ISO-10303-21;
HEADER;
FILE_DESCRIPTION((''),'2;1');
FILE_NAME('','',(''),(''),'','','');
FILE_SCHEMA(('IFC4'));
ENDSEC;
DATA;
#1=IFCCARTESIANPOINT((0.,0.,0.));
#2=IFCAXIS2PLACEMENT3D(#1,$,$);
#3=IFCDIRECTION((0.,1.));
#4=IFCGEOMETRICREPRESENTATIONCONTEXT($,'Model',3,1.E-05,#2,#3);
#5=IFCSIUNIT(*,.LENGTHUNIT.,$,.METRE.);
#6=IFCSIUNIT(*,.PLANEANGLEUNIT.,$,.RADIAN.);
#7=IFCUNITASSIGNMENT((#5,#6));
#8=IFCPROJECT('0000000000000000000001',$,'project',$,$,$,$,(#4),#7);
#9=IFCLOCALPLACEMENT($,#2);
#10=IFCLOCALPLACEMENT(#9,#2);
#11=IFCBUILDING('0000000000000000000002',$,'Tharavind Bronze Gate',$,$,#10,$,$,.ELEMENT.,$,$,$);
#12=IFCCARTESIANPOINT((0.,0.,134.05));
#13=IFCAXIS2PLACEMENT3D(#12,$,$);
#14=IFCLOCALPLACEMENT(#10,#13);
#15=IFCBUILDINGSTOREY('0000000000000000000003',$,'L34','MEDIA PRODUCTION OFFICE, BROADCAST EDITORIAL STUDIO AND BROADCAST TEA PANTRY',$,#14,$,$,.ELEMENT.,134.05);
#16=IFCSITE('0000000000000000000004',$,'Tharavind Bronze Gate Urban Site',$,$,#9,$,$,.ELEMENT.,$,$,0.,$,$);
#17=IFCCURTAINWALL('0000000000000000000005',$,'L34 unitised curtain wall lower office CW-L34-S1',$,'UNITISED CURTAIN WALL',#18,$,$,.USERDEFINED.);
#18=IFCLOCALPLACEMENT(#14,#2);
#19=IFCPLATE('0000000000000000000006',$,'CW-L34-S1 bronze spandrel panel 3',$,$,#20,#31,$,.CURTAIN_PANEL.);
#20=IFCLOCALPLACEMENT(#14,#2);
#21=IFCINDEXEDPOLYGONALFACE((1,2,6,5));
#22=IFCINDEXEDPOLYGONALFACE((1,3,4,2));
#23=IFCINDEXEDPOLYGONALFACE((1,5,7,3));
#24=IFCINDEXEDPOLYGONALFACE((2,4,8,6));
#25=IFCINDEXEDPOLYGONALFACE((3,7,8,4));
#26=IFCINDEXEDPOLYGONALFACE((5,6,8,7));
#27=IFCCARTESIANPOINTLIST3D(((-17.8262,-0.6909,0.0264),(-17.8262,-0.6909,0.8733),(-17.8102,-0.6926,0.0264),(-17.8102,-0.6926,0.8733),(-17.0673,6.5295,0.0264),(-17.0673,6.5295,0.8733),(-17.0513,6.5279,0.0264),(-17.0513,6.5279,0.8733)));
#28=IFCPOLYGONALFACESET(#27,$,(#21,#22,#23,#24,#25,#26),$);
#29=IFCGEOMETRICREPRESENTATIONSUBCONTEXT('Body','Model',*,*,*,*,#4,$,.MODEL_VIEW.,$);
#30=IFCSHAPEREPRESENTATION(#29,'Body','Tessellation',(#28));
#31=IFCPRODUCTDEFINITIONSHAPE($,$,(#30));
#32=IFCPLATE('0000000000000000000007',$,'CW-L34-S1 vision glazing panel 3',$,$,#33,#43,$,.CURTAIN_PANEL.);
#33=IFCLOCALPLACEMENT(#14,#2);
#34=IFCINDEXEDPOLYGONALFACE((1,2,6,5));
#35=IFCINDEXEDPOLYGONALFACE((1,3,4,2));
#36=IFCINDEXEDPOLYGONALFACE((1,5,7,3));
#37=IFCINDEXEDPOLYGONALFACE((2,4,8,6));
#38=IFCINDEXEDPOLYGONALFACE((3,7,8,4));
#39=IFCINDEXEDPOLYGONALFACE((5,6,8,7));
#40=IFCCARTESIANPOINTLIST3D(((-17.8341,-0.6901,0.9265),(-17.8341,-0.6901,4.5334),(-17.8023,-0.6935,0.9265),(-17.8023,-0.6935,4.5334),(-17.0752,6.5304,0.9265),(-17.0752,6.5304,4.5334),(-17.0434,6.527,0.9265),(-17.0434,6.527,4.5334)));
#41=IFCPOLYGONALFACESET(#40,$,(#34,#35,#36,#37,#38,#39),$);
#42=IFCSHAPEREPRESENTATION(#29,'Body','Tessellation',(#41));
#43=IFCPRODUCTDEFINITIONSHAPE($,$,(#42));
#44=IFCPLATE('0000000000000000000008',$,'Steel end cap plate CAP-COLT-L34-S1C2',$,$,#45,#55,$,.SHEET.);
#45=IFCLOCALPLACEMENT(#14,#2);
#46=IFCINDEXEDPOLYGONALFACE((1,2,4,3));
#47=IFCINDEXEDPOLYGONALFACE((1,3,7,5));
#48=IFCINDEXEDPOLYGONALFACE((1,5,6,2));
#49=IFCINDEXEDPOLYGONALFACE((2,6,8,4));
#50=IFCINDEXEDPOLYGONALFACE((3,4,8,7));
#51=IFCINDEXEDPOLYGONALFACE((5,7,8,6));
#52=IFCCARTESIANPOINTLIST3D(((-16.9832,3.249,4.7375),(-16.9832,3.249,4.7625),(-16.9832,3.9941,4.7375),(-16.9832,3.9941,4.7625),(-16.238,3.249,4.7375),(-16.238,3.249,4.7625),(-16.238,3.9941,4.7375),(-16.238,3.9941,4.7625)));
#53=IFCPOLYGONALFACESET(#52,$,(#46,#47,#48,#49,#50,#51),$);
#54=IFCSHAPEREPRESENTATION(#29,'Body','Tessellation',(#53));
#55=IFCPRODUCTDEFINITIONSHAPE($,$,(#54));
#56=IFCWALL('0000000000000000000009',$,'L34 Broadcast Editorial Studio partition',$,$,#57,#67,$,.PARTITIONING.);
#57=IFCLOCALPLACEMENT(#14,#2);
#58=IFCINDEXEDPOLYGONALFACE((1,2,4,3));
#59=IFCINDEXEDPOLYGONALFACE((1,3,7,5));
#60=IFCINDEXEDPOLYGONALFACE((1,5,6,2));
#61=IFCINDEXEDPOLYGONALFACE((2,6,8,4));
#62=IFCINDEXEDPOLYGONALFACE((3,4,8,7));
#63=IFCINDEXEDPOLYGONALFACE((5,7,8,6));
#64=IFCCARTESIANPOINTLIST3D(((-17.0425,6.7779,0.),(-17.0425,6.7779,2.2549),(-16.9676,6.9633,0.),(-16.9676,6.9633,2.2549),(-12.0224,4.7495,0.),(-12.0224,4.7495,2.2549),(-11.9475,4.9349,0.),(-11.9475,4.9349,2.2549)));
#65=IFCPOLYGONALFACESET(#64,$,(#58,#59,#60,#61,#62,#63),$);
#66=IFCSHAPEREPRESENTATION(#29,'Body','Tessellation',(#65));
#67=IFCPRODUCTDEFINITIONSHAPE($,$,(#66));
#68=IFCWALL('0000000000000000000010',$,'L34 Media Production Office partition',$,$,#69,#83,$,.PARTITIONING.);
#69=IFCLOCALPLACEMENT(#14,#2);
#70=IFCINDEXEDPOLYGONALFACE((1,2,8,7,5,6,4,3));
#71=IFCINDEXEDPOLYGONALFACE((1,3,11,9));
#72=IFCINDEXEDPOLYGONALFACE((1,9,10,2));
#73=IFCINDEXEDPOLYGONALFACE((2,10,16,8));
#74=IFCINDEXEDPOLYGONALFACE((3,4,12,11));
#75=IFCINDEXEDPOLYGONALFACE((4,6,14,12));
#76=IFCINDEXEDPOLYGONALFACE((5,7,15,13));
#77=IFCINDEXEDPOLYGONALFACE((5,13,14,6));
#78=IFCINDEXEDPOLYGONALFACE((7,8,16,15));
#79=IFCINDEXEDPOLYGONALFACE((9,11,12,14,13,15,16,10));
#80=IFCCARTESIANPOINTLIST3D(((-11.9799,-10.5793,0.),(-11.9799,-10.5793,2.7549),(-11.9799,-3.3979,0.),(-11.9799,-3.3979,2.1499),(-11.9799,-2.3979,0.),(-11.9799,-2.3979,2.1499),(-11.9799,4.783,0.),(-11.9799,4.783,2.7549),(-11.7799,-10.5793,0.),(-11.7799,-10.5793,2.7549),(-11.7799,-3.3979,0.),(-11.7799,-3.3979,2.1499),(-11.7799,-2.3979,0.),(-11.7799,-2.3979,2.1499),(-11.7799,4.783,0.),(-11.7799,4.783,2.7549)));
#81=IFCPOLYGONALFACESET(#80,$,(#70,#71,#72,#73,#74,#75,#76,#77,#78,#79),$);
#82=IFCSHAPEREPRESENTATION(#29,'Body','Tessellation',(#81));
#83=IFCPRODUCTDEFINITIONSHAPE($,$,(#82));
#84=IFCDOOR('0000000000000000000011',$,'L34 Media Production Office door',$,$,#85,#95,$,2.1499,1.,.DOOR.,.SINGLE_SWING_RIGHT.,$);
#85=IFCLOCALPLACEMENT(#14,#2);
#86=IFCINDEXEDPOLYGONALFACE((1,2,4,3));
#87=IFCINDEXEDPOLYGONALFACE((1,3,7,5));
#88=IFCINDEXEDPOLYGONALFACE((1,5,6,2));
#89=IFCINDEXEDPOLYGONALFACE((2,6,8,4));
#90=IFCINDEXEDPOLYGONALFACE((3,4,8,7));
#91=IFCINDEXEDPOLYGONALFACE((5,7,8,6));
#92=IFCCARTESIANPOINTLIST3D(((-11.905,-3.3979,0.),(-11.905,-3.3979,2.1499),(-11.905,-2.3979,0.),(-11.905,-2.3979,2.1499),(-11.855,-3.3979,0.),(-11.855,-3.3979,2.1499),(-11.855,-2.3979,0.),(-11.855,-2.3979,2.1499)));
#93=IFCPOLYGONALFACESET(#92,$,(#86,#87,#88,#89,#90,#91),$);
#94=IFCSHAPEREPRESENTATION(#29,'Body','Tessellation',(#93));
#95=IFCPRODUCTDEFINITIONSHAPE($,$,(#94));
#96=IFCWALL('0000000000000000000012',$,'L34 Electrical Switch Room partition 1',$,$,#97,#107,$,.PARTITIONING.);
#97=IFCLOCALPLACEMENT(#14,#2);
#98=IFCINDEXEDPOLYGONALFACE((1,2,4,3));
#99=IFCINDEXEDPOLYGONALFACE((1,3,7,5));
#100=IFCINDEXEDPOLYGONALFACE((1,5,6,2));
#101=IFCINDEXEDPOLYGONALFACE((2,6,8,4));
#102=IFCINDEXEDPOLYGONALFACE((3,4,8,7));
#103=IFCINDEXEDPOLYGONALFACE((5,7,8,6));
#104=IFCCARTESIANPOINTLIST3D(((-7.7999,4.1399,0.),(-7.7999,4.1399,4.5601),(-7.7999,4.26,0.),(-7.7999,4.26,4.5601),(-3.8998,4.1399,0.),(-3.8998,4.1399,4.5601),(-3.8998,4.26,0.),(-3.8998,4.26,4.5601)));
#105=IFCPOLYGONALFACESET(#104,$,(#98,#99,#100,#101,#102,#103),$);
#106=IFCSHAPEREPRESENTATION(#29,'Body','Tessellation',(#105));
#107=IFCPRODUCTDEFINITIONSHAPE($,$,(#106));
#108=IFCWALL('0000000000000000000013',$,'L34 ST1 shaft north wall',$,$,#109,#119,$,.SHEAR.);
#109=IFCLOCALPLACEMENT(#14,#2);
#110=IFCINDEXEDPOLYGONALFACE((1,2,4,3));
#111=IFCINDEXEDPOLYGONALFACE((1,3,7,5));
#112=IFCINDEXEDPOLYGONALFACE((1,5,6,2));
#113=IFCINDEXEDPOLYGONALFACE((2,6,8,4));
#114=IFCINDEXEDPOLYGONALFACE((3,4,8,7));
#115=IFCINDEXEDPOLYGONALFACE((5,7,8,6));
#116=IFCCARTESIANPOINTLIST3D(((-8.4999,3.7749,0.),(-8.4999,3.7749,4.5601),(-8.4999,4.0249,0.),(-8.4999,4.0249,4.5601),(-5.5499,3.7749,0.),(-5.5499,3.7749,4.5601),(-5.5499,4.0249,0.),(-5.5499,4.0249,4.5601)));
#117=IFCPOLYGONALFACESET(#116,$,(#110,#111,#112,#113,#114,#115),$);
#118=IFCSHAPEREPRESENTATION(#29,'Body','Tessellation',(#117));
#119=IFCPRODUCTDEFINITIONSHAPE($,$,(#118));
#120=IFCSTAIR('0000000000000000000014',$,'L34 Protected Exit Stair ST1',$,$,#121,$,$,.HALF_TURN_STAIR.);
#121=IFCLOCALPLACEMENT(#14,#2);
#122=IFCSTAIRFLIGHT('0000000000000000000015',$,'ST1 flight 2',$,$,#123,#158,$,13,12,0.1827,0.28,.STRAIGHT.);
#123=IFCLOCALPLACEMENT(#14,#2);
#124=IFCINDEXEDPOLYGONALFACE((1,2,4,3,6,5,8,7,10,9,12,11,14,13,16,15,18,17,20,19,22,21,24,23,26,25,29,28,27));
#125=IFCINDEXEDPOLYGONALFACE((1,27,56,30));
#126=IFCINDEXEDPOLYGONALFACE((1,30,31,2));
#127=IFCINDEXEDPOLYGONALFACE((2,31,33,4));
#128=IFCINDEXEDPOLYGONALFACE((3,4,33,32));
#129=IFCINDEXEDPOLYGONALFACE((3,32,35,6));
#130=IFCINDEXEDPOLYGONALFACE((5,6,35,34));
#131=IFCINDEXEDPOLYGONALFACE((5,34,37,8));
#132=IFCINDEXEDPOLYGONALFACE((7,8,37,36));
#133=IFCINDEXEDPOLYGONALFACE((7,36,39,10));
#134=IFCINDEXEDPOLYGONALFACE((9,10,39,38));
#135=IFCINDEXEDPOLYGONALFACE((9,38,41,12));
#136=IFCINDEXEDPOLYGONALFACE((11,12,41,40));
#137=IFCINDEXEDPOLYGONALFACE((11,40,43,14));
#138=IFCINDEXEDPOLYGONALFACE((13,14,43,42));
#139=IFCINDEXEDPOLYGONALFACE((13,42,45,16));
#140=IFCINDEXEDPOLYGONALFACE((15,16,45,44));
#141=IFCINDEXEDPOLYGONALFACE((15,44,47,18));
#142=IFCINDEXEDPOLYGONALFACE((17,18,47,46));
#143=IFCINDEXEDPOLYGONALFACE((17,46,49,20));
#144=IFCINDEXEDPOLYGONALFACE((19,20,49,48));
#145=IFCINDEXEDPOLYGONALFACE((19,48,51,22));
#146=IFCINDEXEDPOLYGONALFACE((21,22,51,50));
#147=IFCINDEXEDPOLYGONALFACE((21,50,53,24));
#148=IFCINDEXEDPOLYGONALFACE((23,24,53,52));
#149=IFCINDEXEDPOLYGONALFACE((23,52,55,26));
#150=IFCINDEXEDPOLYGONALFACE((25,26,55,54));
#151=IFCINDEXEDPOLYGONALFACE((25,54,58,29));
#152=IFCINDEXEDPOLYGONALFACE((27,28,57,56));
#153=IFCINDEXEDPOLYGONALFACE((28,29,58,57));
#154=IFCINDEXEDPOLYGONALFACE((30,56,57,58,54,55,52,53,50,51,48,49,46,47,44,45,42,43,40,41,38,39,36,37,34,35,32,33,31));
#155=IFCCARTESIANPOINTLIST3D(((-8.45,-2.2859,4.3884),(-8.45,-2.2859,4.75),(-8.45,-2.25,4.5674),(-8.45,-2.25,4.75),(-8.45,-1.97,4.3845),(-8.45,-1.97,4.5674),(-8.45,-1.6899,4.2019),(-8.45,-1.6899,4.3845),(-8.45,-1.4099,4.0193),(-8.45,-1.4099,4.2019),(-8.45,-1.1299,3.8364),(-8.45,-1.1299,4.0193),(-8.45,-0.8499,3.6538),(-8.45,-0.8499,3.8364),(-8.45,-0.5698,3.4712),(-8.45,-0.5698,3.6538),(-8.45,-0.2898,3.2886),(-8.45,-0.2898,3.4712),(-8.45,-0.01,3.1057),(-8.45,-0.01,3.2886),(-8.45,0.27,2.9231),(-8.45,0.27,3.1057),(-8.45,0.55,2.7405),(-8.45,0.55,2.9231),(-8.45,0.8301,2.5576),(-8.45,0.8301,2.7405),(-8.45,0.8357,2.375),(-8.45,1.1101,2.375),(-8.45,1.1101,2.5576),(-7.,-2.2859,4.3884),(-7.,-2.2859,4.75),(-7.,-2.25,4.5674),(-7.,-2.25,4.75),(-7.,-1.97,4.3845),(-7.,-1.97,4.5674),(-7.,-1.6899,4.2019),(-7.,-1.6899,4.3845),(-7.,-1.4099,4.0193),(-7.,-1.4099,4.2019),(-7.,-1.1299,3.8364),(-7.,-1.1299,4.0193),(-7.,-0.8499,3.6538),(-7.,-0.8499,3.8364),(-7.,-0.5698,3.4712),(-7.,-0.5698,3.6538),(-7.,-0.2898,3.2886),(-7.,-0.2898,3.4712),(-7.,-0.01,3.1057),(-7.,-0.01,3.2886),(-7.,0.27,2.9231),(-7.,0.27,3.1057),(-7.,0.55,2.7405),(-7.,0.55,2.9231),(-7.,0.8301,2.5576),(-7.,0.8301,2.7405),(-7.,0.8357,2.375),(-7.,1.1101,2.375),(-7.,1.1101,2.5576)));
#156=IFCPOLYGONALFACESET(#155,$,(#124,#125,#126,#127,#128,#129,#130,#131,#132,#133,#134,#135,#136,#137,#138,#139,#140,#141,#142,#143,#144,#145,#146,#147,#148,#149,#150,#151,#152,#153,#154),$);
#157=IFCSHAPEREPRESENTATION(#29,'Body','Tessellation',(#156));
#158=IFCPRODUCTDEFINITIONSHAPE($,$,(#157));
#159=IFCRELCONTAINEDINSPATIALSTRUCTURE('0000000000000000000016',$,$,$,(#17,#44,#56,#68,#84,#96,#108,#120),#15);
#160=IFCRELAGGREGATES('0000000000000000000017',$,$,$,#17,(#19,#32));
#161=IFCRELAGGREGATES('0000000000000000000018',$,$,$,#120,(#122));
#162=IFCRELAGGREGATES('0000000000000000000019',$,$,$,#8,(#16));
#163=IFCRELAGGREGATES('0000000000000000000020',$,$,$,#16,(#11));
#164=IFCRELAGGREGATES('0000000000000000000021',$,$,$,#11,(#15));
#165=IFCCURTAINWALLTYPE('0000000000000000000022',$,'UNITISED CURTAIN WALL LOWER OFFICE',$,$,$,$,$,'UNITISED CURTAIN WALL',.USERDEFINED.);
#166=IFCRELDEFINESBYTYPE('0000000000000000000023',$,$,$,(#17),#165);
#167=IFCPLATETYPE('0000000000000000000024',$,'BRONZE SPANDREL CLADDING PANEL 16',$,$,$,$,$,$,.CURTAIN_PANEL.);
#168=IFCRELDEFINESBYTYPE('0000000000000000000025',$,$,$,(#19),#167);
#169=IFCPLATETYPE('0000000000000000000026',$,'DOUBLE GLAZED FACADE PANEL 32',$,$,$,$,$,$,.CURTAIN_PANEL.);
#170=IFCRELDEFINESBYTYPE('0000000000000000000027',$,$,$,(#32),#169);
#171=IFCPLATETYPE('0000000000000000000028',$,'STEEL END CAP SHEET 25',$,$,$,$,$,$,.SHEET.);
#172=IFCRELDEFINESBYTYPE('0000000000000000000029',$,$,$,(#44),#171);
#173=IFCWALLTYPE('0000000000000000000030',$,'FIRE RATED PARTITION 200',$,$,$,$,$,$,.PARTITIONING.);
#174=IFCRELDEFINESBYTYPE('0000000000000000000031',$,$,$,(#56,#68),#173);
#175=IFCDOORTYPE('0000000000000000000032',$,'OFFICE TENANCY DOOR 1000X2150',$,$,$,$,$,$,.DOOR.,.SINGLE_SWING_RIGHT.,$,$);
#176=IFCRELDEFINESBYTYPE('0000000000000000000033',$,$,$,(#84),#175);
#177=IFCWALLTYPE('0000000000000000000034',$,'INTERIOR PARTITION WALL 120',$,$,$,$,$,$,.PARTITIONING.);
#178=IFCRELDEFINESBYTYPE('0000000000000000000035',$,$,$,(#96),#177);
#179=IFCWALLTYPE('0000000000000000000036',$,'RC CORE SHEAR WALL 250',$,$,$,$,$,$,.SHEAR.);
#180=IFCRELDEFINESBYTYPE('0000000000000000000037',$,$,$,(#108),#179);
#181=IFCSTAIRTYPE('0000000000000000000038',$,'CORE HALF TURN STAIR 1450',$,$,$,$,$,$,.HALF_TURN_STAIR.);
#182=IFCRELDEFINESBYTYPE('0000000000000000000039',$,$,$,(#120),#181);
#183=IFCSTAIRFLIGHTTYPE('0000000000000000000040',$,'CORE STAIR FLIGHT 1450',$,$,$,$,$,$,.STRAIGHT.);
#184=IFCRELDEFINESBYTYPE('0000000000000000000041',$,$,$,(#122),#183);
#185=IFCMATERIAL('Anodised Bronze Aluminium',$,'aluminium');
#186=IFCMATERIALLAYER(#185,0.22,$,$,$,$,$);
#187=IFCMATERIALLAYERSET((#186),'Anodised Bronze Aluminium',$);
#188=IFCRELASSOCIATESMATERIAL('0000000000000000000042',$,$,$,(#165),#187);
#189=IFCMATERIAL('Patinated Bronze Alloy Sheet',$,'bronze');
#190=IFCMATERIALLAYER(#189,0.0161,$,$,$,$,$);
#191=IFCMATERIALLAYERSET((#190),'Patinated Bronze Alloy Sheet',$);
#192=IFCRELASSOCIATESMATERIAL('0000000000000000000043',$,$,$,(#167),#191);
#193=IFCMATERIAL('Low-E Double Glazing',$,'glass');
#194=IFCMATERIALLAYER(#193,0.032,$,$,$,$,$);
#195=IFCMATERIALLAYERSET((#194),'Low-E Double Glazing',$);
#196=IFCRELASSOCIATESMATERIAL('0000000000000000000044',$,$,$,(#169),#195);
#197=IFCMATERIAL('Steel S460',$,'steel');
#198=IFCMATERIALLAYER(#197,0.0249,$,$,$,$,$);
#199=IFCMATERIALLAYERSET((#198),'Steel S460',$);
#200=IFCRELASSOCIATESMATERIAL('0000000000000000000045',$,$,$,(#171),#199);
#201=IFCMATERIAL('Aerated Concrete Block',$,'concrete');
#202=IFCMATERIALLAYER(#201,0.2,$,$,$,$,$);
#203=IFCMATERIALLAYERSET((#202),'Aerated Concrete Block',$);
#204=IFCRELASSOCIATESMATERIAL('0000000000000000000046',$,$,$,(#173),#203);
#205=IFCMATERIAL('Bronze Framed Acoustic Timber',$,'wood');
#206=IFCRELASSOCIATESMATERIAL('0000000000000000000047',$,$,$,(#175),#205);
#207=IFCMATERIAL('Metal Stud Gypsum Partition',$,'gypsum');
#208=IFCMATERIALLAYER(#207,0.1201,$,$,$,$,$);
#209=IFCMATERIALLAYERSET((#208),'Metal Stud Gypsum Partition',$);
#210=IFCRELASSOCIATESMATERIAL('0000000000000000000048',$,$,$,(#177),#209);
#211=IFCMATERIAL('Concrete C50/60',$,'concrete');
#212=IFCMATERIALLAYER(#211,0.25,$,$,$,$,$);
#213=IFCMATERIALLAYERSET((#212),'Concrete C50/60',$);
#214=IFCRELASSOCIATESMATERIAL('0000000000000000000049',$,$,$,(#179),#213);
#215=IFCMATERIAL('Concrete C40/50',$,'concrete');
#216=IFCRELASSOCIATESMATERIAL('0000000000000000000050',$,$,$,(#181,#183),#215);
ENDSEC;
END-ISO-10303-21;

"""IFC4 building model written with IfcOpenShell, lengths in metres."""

from ifc_helpers import new_model, si_unit, direction, frame, frame_2d, origin, origin_2d, place, context, subcontext, project, spatial, polyline, rectangle, outline, extrude, material, layer, layer_set, type_object, element, fill, aggregate, save


model = new_model("IFC4")

# Units and contexts
model_context = context("Model", 3, precision=1e-05, world=origin(), true_north=direction((0.0, 1.0)))
body_context = subcontext(model_context, "Body", "Model", "MODEL_VIEW")
ifc_project = project(units=[si_unit("LENGTHUNIT", "METRE"), si_unit("PLANEANGLEUNIT", "RADIAN")], contexts=[model_context])

# Site, building, storey
site_placement = place(None, origin())
site = spatial("IfcSite", under=ifc_project, at=site_placement, Name="Tharavind Bronze Gate Urban Site", CompositionType="ELEMENT", RefElevation=0.0)
building_placement = place(site_placement, origin())
building = spatial("IfcBuilding", under=site, at=building_placement, Name="Tharavind Bronze Gate", CompositionType="ELEMENT")
storey_placement = place(building_placement, frame((0.0, 0.0, 134.05)))
storey = spatial("IfcBuildingStorey", under=building, at=storey_placement, Name="L34", Description="MEDIA PRODUCTION OFFICE, BROADCAST EDITORIAL STUDIO AND BROADCAST TEA PANTRY", CompositionType="ELEMENT", Elevation=134.05)

# Shared definitions
ifc_material_1 = material(Name="Steel S460", Category="steel")

# Curtain wall
ifc_material_2 = material(Name="Anodised Bronze Aluminium", Category="aluminium")
ifc_layer_1 = layer(ifc_material_2, 0.22)
ifc_layer_set_1 = layer_set([ifc_layer_1], Name="Anodised Bronze Aluminium")
curtain_wall_type = type_object("IfcCurtainWallType", Name="UNITISED CURTAIN WALL LOWER OFFICE", ElementType="UNITISED CURTAIN WALL", PredefinedType="USERDEFINED", material=ifc_layer_set_1)
curtain_wall_placement = place(storey_placement, origin())
curtain_wall = element("IfcCurtainWall", 1, at=curtain_wall_placement, inside=storey, type_object=curtain_wall_type, Name="L34 unitised curtain wall lower office CW-L34-S1", ObjectType="UNITISED CURTAIN WALL", PredefinedType="USERDEFINED")

# Plates
ifc_material_3 = material(Name="Patinated Bronze Alloy Sheet", Category="bronze")
ifc_layer_2 = layer(ifc_material_3, 0.0161)
ifc_layer_set_2 = layer_set([ifc_layer_2], Name="Patinated Bronze Alloy Sheet")
plate_type_1 = type_object("IfcPlateType", Name="BRONZE SPANDREL CLADDING PANEL 16", PredefinedType="CURTAIN_PANEL", material=ifc_layer_set_2)
plate_1_placement = place(storey_placement, frame((-17.4387, 2.9185, 0.0264), z_axis=(0.0, 0.0, 1.0), x_axis=(-0.104527, -0.994522, 0.0)))
plate_1 = element("IfcPlate", 2, at=plate_1_placement, type_object=plate_type_1, Name="CW-L34-S1 bronze spandrel panel 3", PredefinedType="CURTAIN_PANEL", context=body_context, shape_type="SweptSolid", body=[
    extrude(rectangle(XDim=7.2603, YDim=0.0161, at=origin_2d()), origin(), (0.0, 0.0, 1.0), 0.8469),
])
ifc_material_4 = material(Name="Low-E Double Glazing", Category="glass")
ifc_layer_3 = layer(ifc_material_4, 0.032)
ifc_layer_set_3 = layer_set([ifc_layer_3], Name="Low-E Double Glazing")
plate_type_2 = type_object("IfcPlateType", Name="DOUBLE GLAZED FACADE PANEL 32", PredefinedType="CURTAIN_PANEL", material=ifc_layer_set_3)
plate_2_placement = place(storey_placement, frame((-17.4387, 2.9185, 0.9265), z_axis=(0.0, 0.0, 1.0), x_axis=(-0.104527, -0.994522, 0.0)))
plate_2 = element("IfcPlate", 3, at=plate_2_placement, type_object=plate_type_2, Name="CW-L34-S1 vision glazing panel 3", PredefinedType="CURTAIN_PANEL", context=body_context, shape_type="SweptSolid", body=[
    extrude(rectangle(XDim=7.2603, YDim=0.032, at=origin_2d()), origin(), (0.0, 0.0, 1.0), 3.6069),
])
aggregate(curtain_wall, [plate_1, plate_2])
ifc_layer_4 = layer(ifc_material_1, 0.0249)
ifc_layer_set_4 = layer_set([ifc_layer_4], Name="Steel S460")
plate_type_3 = type_object("IfcPlateType", Name="STEEL END CAP SHEET 25", PredefinedType="SHEET", material=ifc_layer_set_4)
plate_3_placement = place(storey_placement, frame((-16.6106, 3.6216, 4.7375), z_axis=(0.0, 0.0, 1.0), x_axis=(1.0, 0.0, 0.0)))
element("IfcPlate", 4, at=plate_3_placement, inside=storey, type_object=plate_type_3, Name="Steel end cap plate CAP-COLT-L34-S1C2", PredefinedType="SHEET", context=body_context, shape_type="SweptSolid", body=[
    extrude(rectangle(XDim=0.7451, YDim=0.7451, at=origin_2d()), origin(), (0.0, 0.0, 1.0), 0.0249),
])

# Wall
ifc_material_5 = material(Name="Aerated Concrete Block", Category="concrete")
ifc_layer_5 = layer(ifc_material_5, 0.2)
ifc_layer_set_5 = layer_set([ifc_layer_5], Name="Aerated Concrete Block")
wall_type_1 = type_object("IfcWallType", Name="FIRE RATED PARTITION 200", PredefinedType="PARTITIONING", material=ifc_layer_set_5)
wall_1_placement = place(storey_placement, frame((-11.9851, 4.8423, 0.0), z_axis=(0.0, 0.0, 1.0), x_axis=(-0.927177, 0.374623, 0.0)))
element("IfcWall", 5, at=wall_1_placement, inside=storey, type_object=wall_type_1, Name="L34 Broadcast Editorial Studio partition", PredefinedType="PARTITIONING", context=body_context, shape_type="SweptSolid", body=[
    extrude(rectangle(XDim=5.4143, YDim=0.2, at=frame_2d((2.707, 0.0))), origin(), (0.0, 0.0, 1.0), 2.2549),
])

# Wall, opening, door
wall_2_placement = place(storey_placement, frame((-11.8799, 4.783, 0.0), z_axis=(0.0, 0.0, 1.0), x_axis=(0.0, -1.0, 0.0)))
wall_2 = element("IfcWall", 6, at=wall_2_placement, inside=storey, type_object=wall_type_1, Name="L34 Media Production Office partition", PredefinedType="PARTITIONING", context=body_context, shape_type="SweptSolid", body=[
    extrude(rectangle(XDim=15.3623, YDim=0.2, at=frame_2d((7.6812, 0.0))), origin(), (0.0, 0.0, 1.0), 2.7549),
])
opening_placement = place(wall_2_placement, frame((7.1809, 0.0, 0.0)))
opening = element("IfcOpeningElement", 7, at=opening_placement, cuts=wall_2, PredefinedType="OPENING", context=body_context, shape_type="SweptSolid", body=[
    extrude(rectangle(XDim=1.0, YDim=2.1499, at=frame_2d((0.5, 1.075))), frame((0.0, 0.1101, 0.0), z_axis=(0.0, -1.0, 0.0), x_axis=(1.0, 0.0, 0.0)), (0.0, 0.0, 1.0), 0.22),
])
ifc_material_6 = material(Name="Bronze Framed Acoustic Timber", Category="wood")
door_type = type_object("IfcDoorType", Name="OFFICE TENANCY DOOR 1000X2150", OperationType="SINGLE_SWING_RIGHT", PredefinedType="DOOR", material=ifc_material_6)
door_placement = place(opening_placement, origin())
door = element("IfcDoor", 8, at=door_placement, inside=storey, type_object=door_type, Name="L34 Media Production Office door", OperationType="SINGLE_SWING_RIGHT", OverallHeight=2.1499, OverallWidth=1.0, PredefinedType="DOOR", context=body_context, shape_type="SweptSolid", body=[
    extrude(rectangle(XDim=1.0, YDim=2.1499, at=frame_2d((0.5, 1.075))), frame((0.0, 0.0249, 0.0), z_axis=(0.0, -1.0, 0.0), x_axis=(1.0, 0.0, 0.0)), (0.0, 0.0, 1.0), 0.05),
])
fill(opening, door)

# Walls
ifc_material_7 = material(Name="Metal Stud Gypsum Partition", Category="gypsum")
ifc_layer_6 = layer(ifc_material_7, 0.1201)
ifc_layer_set_6 = layer_set([ifc_layer_6], Name="Metal Stud Gypsum Partition")
wall_type_2 = type_object("IfcWallType", Name="INTERIOR PARTITION WALL 120", PredefinedType="PARTITIONING", material=ifc_layer_set_6)
wall_3_placement = place(storey_placement, frame((-7.8, 4.2, 0.0), z_axis=(0.0, 0.0, 1.0), x_axis=(1.0, 0.0, 0.0)))
element("IfcWall", 9, at=wall_3_placement, inside=storey, type_object=wall_type_2, Name="L34 Electrical Switch Room partition 1", PredefinedType="PARTITIONING", context=body_context, shape_type="SweptSolid", body=[
    extrude(rectangle(XDim=3.9001, YDim=0.1201, at=frame_2d((1.9502, 0.0))), origin(), (0.0, 0.0, 1.0), 4.5601),
])
ifc_material_8 = material(Name="Concrete C50/60", Category="concrete")
ifc_layer_7 = layer(ifc_material_8, 0.25)
ifc_layer_set_7 = layer_set([ifc_layer_7], Name="Concrete C50/60")
wall_type_3 = type_object("IfcWallType", Name="RC CORE SHEAR WALL 250", PredefinedType="SHEAR", material=ifc_layer_set_7)
wall_4_placement = place(storey_placement, frame((-8.5, 3.8999, 0.0), z_axis=(0.0, 0.0, 1.0), x_axis=(1.0, 0.0, 0.0)))
element("IfcWall", 10, at=wall_4_placement, inside=storey, type_object=wall_type_3, Name="L34 ST1 shaft north wall", PredefinedType="SHEAR", context=body_context, shape_type="SweptSolid", body=[
    extrude(rectangle(XDim=2.95, YDim=0.25, at=frame_2d((1.4751, 0.0))), origin(), (0.0, 0.0, 1.0), 4.5601),
])

# Stair, stair flight
ifc_material_9 = material(Name="Concrete C40/50", Category="concrete")
stair_type = type_object("IfcStairType", Name="CORE HALF TURN STAIR 1450", PredefinedType="HALF_TURN_STAIR", material=ifc_material_9)
stair_placement = place(storey_placement, origin())
stair = element("IfcStair", 11, at=stair_placement, inside=storey, type_object=stair_type, Name="L34 Protected Exit Stair ST1", PredefinedType="HALF_TURN_STAIR")
stair_flight_type = type_object("IfcStairFlightType", Name="CORE STAIR FLIGHT 1450", PredefinedType="STRAIGHT", material=ifc_material_9)
stair_flight_placement = place(storey_placement, frame((-7.7251, 1.1101, 2.375), z_axis=(0.0, 0.0, 1.0), x_axis=(0.0, -1.0, 0.0)))
stair_flight = element("IfcStairFlight", 12, at=stair_flight_placement, type_object=stair_flight_type, Name="ST1 flight 2", NumberOfRisers=13, NumberOfTreads=12, PredefinedType="STRAIGHT", RiserHeight=0.1827, TreadLength=0.28, context=body_context, shape_type="SweptSolid", body=[
    extrude(outline(polyline([(0.0, 0.0), (0.0, 0.1826), (0.28, 0.1826), (0.28, 0.3655), (0.5601, 0.3655), (0.5601, 0.5481), (0.8401, 0.5481), (0.8401, 0.7307), (1.1201, 0.7307), (1.1201, 0.9136), (1.3999, 0.9136), (1.3999, 1.0962), (1.6799, 1.0962), (1.6799, 1.2788), (1.96, 1.2788), (1.96, 1.4614), (2.24, 1.4614), (2.24, 1.6443), (2.52, 1.6443), (2.52, 1.8269), (2.8, 1.8269), (2.8, 2.0095), (3.0801, 2.0095), (3.0801, 2.1924), (3.3601, 2.1924), (3.3601, 2.375), (3.396, 2.375), (3.396, 2.0134), (0.2744, 0.0), (0.0, 0.0)])), frame((0.0, 0.7251, 0.0), z_axis=(0.0, -1.0, 0.0), x_axis=(1.0, 0.0, 0.0)), (0.0, 0.0, 1.0), 1.45),
])
aggregate(stair, [stair_flight])

save(model, "model.ifc")
